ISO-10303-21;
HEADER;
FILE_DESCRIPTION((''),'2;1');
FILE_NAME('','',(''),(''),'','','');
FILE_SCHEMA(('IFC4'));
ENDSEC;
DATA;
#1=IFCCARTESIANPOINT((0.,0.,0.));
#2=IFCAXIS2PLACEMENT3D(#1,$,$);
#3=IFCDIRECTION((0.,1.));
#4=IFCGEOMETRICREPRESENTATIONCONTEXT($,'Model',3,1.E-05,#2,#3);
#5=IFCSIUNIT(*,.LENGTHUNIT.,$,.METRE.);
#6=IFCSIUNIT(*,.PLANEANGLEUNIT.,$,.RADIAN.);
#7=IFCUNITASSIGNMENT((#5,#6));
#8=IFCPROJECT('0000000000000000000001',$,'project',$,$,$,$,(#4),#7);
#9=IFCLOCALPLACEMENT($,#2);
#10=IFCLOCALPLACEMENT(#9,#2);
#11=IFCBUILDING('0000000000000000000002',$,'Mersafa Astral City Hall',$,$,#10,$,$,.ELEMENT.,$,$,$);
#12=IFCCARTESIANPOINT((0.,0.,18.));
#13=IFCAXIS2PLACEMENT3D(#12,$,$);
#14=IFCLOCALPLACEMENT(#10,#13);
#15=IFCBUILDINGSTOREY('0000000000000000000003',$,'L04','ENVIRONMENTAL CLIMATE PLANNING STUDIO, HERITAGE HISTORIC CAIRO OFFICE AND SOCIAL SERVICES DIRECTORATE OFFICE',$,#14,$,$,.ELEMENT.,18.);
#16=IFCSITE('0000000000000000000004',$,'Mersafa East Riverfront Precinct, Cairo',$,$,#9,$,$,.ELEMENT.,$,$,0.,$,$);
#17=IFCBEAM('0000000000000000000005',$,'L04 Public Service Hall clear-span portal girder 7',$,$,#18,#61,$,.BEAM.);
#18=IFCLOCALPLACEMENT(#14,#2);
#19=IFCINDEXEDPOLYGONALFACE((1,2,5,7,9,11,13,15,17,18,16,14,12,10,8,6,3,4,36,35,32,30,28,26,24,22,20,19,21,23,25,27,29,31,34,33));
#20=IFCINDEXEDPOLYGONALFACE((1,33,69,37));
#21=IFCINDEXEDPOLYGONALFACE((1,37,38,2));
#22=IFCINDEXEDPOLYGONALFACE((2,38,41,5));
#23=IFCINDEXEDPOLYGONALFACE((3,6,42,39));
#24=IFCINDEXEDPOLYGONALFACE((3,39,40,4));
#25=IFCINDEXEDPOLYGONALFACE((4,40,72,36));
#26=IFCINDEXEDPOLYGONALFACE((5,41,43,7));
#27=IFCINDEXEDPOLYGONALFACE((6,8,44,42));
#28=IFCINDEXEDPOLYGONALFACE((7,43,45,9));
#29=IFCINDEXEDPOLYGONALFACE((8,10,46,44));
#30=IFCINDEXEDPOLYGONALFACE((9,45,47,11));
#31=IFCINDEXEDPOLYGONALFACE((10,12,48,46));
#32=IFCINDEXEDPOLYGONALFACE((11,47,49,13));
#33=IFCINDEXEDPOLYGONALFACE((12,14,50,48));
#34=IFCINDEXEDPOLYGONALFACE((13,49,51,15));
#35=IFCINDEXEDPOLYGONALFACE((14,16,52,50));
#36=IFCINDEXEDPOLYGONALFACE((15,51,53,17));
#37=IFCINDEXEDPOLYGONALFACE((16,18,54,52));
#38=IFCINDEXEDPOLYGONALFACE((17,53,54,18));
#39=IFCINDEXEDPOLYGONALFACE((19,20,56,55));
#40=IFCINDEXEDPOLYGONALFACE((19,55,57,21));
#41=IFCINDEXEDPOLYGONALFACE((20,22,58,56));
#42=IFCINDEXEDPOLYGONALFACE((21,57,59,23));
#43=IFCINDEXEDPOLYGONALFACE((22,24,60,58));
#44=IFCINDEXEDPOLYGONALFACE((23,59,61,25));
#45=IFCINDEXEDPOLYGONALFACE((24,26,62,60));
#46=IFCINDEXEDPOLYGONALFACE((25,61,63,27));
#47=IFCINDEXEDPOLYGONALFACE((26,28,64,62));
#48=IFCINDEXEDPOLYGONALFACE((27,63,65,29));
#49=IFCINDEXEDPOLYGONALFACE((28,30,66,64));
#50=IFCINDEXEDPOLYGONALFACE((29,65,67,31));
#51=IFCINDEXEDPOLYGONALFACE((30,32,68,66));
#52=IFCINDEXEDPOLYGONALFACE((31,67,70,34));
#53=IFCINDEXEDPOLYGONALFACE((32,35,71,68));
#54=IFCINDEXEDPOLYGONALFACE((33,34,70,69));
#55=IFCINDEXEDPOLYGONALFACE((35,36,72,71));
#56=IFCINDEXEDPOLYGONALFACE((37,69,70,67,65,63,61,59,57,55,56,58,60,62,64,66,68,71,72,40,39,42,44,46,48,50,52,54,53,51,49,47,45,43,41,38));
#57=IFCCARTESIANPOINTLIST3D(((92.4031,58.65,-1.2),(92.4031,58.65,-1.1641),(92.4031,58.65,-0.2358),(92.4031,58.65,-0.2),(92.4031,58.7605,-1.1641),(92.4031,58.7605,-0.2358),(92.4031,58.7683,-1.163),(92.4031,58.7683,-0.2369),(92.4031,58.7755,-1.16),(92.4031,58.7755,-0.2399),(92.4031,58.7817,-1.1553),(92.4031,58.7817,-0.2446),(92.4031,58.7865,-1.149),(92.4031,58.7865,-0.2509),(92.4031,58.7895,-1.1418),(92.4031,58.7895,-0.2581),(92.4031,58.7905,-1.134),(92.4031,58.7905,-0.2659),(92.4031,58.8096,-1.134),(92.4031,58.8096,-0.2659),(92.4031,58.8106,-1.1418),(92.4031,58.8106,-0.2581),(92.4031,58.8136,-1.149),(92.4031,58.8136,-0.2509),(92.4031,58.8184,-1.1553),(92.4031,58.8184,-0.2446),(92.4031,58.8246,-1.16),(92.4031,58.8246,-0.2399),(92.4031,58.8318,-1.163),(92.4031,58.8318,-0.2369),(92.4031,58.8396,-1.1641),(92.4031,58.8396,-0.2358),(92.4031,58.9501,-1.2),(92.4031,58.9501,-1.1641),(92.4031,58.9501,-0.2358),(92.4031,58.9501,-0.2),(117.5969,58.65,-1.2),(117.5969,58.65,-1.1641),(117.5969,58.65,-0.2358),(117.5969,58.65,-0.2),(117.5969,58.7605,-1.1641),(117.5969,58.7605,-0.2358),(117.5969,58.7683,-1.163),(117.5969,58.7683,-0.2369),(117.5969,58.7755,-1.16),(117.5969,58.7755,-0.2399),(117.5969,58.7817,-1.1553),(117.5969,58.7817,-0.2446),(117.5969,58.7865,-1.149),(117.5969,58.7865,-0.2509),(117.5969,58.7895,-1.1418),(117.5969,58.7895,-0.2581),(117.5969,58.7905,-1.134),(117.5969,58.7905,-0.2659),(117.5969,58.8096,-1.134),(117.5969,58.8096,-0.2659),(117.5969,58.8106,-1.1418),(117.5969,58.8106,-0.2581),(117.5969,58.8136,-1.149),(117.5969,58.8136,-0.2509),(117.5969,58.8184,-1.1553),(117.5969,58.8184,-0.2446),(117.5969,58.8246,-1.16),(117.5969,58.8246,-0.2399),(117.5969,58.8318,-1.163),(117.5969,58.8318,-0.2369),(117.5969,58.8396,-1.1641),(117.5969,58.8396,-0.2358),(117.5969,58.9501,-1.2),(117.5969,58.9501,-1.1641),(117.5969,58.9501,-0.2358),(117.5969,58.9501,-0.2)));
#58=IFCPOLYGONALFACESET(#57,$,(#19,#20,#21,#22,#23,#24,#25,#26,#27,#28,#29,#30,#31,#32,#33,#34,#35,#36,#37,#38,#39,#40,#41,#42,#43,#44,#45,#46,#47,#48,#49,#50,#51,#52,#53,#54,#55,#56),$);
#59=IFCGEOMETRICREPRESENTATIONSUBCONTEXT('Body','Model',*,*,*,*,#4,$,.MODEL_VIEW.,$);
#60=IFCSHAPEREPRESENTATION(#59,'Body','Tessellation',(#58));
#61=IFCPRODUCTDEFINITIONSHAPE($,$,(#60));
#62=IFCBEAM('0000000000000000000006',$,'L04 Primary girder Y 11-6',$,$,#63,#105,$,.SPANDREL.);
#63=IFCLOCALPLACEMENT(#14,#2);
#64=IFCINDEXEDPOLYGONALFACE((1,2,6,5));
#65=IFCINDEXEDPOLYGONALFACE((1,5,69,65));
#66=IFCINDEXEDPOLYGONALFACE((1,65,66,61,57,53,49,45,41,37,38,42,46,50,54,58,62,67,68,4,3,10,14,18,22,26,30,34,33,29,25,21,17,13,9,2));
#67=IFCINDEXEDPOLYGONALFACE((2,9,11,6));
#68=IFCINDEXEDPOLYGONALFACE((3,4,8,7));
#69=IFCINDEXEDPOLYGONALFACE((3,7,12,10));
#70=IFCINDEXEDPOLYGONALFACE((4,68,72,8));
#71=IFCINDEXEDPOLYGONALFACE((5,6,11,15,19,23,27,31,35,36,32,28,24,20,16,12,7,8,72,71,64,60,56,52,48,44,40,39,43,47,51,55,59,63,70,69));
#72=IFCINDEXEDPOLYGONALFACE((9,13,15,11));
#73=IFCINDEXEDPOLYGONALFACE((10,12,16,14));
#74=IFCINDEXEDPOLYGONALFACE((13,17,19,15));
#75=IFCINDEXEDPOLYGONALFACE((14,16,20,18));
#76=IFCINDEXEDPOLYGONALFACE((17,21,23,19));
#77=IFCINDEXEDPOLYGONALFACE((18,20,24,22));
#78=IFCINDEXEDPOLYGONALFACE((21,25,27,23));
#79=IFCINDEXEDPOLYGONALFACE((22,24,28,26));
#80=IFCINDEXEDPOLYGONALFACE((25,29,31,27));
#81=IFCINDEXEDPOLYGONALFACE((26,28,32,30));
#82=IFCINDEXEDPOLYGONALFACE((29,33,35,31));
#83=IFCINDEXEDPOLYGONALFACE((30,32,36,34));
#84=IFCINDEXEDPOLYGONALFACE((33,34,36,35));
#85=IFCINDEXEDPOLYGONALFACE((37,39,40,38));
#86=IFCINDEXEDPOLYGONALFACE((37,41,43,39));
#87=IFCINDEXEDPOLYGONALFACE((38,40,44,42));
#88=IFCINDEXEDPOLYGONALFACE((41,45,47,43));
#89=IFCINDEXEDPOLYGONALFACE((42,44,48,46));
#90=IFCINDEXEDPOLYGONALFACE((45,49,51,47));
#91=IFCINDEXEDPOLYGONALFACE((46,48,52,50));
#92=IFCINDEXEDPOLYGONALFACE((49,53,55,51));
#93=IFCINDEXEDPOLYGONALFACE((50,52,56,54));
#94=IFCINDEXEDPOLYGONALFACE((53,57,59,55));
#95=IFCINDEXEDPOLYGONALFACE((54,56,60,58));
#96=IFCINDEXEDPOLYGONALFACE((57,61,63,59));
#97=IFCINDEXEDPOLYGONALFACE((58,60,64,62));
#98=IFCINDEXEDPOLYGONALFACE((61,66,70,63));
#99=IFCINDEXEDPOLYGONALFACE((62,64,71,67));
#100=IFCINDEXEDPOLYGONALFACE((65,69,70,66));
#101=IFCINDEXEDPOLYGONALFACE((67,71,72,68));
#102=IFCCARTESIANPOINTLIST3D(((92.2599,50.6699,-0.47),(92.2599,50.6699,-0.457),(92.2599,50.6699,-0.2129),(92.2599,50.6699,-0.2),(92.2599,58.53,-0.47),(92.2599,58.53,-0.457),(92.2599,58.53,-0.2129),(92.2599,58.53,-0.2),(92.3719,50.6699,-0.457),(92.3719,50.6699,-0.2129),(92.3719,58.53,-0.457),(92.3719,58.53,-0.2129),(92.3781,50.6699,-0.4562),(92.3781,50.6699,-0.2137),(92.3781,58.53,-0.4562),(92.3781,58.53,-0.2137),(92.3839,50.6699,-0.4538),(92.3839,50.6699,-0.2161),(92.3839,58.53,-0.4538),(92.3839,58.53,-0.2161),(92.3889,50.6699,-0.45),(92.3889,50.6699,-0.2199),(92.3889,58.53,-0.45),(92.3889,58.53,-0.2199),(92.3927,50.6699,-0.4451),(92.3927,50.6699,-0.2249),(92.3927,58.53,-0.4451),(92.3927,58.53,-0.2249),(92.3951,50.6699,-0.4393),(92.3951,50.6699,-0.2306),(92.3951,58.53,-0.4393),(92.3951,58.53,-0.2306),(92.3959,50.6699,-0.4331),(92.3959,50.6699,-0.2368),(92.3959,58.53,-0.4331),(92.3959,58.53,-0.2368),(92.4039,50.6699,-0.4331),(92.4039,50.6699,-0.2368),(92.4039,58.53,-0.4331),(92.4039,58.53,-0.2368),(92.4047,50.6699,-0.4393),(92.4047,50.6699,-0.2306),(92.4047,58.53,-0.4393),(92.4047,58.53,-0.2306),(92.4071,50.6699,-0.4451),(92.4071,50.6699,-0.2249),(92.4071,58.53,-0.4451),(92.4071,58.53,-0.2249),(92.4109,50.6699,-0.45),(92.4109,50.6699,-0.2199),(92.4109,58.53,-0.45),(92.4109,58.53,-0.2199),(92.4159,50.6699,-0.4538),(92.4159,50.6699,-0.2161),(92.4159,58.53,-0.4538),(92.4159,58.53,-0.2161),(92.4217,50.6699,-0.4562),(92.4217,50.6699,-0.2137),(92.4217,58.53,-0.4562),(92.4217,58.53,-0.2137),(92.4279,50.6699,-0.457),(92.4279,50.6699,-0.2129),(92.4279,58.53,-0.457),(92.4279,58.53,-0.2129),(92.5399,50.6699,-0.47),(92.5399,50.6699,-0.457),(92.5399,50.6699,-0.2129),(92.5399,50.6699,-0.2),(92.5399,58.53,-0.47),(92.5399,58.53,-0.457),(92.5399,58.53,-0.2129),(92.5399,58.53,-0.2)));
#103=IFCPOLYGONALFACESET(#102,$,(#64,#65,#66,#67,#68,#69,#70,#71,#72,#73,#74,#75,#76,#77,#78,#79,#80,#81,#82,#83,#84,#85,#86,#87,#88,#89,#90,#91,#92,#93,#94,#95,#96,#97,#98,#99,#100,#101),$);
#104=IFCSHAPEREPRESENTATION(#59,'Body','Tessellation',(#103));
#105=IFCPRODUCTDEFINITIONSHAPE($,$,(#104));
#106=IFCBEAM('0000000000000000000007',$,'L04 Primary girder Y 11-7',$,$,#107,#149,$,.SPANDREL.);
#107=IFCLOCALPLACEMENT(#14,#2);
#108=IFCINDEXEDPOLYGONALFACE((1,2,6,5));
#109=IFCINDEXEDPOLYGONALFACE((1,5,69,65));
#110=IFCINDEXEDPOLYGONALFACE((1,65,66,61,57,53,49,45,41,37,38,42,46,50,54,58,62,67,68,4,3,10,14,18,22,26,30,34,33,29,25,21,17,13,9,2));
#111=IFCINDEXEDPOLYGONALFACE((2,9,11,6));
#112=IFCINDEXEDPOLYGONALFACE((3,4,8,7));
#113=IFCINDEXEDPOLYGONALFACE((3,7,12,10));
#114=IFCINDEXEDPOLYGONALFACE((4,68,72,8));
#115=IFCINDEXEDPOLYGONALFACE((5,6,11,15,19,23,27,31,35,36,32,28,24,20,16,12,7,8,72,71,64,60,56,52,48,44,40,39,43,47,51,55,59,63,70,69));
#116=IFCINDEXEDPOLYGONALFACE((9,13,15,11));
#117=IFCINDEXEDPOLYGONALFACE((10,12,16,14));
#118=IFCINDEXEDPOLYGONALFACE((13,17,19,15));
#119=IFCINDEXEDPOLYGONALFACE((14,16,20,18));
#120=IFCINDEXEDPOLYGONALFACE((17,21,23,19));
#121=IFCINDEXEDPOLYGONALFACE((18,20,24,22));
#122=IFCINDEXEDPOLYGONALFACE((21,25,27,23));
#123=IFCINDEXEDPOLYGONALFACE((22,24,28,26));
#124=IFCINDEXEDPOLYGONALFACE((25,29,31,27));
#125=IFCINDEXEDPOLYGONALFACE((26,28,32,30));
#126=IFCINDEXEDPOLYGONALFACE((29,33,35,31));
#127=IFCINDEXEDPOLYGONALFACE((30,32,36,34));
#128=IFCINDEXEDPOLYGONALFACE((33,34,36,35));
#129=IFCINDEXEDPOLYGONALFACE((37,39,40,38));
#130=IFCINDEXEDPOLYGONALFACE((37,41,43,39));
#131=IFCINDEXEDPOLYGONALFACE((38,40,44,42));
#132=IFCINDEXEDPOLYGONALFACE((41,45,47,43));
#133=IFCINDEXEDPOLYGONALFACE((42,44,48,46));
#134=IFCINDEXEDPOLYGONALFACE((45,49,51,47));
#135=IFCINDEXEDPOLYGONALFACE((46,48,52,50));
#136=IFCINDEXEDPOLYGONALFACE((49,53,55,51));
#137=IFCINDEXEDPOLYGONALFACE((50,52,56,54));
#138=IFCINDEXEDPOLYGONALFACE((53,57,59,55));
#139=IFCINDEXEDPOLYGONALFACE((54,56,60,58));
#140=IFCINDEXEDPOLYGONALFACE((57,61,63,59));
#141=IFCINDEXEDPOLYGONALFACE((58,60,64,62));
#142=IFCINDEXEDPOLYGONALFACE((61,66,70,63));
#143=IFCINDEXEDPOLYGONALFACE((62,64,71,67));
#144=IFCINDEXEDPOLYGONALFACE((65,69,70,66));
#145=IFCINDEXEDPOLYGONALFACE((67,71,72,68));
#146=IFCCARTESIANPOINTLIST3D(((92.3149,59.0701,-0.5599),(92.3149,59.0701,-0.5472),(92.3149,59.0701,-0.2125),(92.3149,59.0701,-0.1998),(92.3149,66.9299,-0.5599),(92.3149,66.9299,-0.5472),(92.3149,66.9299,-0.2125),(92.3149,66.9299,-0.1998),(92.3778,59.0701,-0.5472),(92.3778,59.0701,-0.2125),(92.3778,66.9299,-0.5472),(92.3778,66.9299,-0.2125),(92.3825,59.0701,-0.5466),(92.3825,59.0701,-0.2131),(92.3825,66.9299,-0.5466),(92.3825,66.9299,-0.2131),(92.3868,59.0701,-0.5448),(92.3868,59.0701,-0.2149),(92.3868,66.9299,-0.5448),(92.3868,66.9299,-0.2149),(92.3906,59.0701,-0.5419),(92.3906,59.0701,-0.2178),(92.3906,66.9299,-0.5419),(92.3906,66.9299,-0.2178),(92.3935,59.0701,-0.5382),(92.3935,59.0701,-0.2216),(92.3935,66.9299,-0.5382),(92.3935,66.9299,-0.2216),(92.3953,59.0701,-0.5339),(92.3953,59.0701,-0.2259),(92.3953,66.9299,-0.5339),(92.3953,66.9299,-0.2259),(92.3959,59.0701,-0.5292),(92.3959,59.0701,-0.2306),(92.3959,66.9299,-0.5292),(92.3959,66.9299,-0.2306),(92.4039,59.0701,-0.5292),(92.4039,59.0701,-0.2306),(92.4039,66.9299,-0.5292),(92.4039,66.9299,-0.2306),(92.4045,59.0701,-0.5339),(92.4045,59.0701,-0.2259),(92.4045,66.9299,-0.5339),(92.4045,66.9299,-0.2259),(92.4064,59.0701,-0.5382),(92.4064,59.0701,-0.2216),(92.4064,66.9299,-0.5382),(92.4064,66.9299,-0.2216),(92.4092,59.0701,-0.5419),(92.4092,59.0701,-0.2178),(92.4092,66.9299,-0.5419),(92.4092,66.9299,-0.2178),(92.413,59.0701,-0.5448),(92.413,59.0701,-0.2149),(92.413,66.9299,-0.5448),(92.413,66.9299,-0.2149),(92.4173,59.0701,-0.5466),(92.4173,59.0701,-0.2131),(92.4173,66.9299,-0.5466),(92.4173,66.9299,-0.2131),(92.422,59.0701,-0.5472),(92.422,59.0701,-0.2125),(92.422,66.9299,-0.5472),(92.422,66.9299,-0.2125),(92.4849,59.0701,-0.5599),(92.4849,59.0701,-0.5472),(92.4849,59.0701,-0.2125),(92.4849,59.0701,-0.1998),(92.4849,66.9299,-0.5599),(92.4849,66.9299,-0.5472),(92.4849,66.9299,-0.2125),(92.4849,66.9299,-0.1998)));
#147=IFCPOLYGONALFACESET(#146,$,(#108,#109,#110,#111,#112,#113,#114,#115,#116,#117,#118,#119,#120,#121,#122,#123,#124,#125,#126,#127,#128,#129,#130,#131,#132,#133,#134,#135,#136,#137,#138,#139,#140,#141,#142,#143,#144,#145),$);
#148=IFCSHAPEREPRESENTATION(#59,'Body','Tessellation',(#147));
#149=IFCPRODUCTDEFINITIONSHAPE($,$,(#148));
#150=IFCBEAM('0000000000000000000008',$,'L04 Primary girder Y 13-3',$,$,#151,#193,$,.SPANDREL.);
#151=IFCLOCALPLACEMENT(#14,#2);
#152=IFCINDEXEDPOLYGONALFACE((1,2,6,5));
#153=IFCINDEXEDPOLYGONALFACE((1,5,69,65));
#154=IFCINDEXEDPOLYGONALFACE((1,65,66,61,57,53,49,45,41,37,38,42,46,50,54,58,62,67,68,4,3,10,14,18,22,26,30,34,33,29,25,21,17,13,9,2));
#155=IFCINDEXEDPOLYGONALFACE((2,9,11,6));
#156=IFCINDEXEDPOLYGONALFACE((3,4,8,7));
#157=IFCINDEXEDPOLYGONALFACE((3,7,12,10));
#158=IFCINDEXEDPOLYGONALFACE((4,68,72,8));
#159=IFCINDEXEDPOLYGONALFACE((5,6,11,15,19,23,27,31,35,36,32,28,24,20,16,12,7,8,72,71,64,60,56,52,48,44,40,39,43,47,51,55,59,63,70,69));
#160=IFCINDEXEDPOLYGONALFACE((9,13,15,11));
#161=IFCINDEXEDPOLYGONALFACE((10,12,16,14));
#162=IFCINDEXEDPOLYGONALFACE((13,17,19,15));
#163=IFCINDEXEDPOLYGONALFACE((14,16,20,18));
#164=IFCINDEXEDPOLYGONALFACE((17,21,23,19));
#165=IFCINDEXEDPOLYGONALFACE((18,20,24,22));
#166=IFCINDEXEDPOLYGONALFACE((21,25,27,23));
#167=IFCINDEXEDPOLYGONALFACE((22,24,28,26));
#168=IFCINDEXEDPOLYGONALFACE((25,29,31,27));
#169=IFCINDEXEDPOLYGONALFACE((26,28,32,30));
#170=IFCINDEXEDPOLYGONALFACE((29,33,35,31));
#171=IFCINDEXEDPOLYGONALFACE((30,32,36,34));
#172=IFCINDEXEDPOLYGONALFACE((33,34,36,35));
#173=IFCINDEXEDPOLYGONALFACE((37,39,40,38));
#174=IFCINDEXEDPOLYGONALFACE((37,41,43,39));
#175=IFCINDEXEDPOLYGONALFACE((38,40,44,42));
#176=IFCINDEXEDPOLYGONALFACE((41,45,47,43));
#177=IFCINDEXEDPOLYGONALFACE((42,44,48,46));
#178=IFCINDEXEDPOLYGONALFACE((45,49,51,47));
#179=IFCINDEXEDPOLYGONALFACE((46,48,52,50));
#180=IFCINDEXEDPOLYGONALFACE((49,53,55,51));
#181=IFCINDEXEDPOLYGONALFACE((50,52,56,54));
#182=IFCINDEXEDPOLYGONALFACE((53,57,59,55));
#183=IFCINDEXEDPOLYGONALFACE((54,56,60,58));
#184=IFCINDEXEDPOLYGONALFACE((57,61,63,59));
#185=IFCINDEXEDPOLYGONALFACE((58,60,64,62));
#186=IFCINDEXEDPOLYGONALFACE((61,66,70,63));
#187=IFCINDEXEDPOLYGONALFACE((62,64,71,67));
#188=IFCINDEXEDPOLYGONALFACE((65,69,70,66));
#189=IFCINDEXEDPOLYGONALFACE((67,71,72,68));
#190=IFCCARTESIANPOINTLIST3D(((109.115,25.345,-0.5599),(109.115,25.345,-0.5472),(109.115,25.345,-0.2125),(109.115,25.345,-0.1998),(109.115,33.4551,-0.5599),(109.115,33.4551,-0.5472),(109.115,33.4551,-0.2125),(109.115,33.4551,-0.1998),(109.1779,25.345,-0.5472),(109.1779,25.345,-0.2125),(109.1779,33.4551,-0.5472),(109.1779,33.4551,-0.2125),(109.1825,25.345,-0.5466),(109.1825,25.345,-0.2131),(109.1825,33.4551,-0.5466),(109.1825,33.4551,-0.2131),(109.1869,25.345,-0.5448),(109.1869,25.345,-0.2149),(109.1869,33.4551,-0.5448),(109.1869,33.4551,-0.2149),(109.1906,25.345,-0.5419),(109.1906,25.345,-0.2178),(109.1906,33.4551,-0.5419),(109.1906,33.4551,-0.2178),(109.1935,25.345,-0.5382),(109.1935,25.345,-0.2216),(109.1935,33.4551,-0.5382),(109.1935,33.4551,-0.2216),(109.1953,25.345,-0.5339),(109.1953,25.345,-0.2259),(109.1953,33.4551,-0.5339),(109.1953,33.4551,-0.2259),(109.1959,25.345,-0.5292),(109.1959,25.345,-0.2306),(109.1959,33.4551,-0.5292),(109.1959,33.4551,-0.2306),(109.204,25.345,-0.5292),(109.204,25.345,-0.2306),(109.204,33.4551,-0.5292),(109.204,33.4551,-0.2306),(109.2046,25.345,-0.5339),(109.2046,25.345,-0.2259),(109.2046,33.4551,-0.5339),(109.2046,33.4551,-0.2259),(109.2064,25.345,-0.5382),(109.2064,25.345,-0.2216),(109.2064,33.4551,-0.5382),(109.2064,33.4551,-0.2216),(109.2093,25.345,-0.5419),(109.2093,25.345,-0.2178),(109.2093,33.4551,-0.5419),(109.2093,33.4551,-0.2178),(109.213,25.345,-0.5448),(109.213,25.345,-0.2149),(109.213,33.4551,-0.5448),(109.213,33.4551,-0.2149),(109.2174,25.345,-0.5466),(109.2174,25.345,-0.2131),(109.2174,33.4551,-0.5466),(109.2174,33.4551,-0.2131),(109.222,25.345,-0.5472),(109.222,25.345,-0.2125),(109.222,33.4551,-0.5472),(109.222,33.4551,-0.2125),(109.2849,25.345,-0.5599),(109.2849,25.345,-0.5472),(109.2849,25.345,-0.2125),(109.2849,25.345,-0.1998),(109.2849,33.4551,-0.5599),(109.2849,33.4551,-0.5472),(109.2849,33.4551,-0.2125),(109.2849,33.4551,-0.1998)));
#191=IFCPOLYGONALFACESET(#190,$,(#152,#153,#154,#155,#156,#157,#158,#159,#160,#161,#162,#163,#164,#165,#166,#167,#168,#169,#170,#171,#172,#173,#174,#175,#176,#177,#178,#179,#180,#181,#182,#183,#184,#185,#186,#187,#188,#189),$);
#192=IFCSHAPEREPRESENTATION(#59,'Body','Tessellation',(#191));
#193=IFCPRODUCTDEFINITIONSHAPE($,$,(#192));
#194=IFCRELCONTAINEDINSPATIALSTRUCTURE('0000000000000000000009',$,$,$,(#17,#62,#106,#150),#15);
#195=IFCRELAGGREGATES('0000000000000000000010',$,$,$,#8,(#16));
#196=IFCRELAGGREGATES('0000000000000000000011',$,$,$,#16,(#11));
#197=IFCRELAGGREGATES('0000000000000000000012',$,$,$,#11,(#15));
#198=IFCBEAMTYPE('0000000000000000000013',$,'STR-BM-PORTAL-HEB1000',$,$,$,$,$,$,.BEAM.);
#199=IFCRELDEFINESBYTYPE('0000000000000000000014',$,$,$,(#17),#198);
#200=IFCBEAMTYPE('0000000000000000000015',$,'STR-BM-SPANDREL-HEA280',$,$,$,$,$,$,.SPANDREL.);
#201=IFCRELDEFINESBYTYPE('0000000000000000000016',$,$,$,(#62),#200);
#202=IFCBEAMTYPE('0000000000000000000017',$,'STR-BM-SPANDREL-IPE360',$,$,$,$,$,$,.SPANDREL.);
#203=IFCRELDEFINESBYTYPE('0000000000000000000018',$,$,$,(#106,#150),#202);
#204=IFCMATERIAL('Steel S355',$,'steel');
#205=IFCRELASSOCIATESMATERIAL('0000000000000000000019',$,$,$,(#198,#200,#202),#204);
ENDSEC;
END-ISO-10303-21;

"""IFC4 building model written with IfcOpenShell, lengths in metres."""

from ifc_helpers import new_model, si_unit, direction, frame, origin, origin_2d, place, context, subcontext, project, spatial, i_section, extrude, material, material_profile, profile_set, type_object, element, save


model = new_model("IFC4")

# Units and contexts
model_context = context("Model", 3, precision=1e-05, world=origin(), true_north=direction((0.0, 1.0)))
body_context = subcontext(model_context, "Body", "Model", "MODEL_VIEW")
ifc_project = project(units=[si_unit("LENGTHUNIT", "METRE"), si_unit("PLANEANGLEUNIT", "RADIAN")], contexts=[model_context])

# Site, building, storey
site_placement = place(None, origin())
site = spatial("IfcSite", under=ifc_project, at=site_placement, Name="Mersafa East Riverfront Precinct, Cairo", CompositionType="ELEMENT", RefElevation=0.0)
building_placement = place(site_placement, origin())
building = spatial("IfcBuilding", under=site, at=building_placement, Name="Mersafa Astral City Hall", CompositionType="ELEMENT")
storey_placement = place(building_placement, frame((0.0, 0.0, 18.0)))
storey = spatial("IfcBuildingStorey", under=building, at=storey_placement, Name="L04", Description="ENVIRONMENTAL CLIMATE PLANNING STUDIO, HERITAGE HISTORIC CAIRO OFFICE AND SOCIAL SERVICES DIRECTORATE OFFICE", CompositionType="ELEMENT", Elevation=18.0)

# Beams
ifc_material_1 = material(Name="Steel S355", Category="steel")
ifc_material_profile_1 = material_profile(ifc_material_1, i_section(OverallWidth=0.3, OverallDepth=1.0, WebThickness=0.019, FlangeThickness=0.0359, FilletRadius=0.03, at=origin_2d()), Name="HEB 1000")
ifc_profile_set_1 = profile_set([ifc_material_profile_1], Name="Steel S355")
beam_type_1 = type_object("IfcBeamType", Name="STR-BM-PORTAL-HEB1000", PredefinedType="BEAM", material=ifc_profile_set_1)
for number, where, z_axis, x_axis, name in (
    (1, (92.4031, 58.8, -0.7), (1.0, 0.0, 0.0), (0.0, 1.0, 0.0), "L04 Public Service Hall clear-span portal girder 7"),
):
    element("IfcBeam", number, at=place(storey_placement, frame(where, z_axis=z_axis, x_axis=x_axis)), inside=storey, type_object=beam_type_1, Name=name, PredefinedType="BEAM", context=body_context, shape_type="SweptSolid", body=[
        extrude(i_section(OverallWidth=0.3, OverallDepth=1.0, WebThickness=0.019, FlangeThickness=0.0359, FilletRadius=0.03, at=origin_2d()), origin(), (0.0, 0.0, 1.0), 25.1938),
    ])
ifc_material_profile_2 = material_profile(ifc_material_1, i_section(OverallWidth=0.28, OverallDepth=0.27, WebThickness=0.0081, FlangeThickness=0.0129, FilletRadius=0.0239, at=origin_2d()), Name="HEA 280")
ifc_profile_set_2 = profile_set([ifc_material_profile_2], Name="Steel S355")
beam_type_2 = type_object("IfcBeamType", Name="STR-BM-SPANDREL-HEA280", PredefinedType="SPANDREL", material=ifc_profile_set_2)
beam_1_placement = place(storey_placement, frame((92.3999, 50.6699, -0.335), z_axis=(0.0, 1.0, 0.0), x_axis=(-1.0, 0.0, 0.0)))
element("IfcBeam", 2, at=beam_1_placement, inside=storey, type_object=beam_type_2, Name="L04 Primary girder Y 11-6", PredefinedType="SPANDREL", context=body_context, shape_type="SweptSolid", body=[
    extrude(i_section(OverallWidth=0.28, OverallDepth=0.27, WebThickness=0.0081, FlangeThickness=0.0129, FilletRadius=0.0239, at=origin_2d()), origin(), (0.0, 0.0, 1.0), 7.8601),
])
ifc_material_profile_3 = material_profile(ifc_material_1, i_section(OverallWidth=0.1699, OverallDepth=0.3601, WebThickness=0.0081, FlangeThickness=0.0127, FilletRadius=0.0181, at=origin_2d()), Name="IPE 360")
ifc_profile_set_3 = profile_set([ifc_material_profile_3], Name="Steel S355")
beam_type_3 = type_object("IfcBeamType", Name="STR-BM-SPANDREL-IPE360", PredefinedType="SPANDREL", material=ifc_profile_set_3)
beam_2_placement = place(storey_placement, frame((92.3999, 59.0701, -0.3799), z_axis=(0.0, 1.0, 0.0), x_axis=(-1.0, 0.0, 0.0)))
element("IfcBeam", 3, at=beam_2_placement, inside=storey, type_object=beam_type_3, Name="L04 Primary girder Y 11-7", PredefinedType="SPANDREL", context=body_context, shape_type="SweptSolid", body=[
    extrude(i_section(OverallWidth=0.1699, OverallDepth=0.3601, WebThickness=0.0081, FlangeThickness=0.0127, FilletRadius=0.0181, at=origin_2d()), origin(), (0.0, 0.0, 1.0), 7.8599),
])
beam_3_placement = place(storey_placement, frame((109.2, 25.345, -0.3799), z_axis=(0.0, 1.0, 0.0), x_axis=(-1.0, 0.0, 0.0)))
element("IfcBeam", 4, at=beam_3_placement, inside=storey, type_object=beam_type_3, Name="L04 Primary girder Y 13-3", PredefinedType="SPANDREL", context=body_context, shape_type="SweptSolid", body=[
    extrude(i_section(OverallWidth=0.1699, OverallDepth=0.3601, WebThickness=0.0081, FlangeThickness=0.0127, FilletRadius=0.0181, at=origin_2d()), origin(), (0.0, 0.0, 1.0), 8.1101),
])

save(model, "model.ifc")
